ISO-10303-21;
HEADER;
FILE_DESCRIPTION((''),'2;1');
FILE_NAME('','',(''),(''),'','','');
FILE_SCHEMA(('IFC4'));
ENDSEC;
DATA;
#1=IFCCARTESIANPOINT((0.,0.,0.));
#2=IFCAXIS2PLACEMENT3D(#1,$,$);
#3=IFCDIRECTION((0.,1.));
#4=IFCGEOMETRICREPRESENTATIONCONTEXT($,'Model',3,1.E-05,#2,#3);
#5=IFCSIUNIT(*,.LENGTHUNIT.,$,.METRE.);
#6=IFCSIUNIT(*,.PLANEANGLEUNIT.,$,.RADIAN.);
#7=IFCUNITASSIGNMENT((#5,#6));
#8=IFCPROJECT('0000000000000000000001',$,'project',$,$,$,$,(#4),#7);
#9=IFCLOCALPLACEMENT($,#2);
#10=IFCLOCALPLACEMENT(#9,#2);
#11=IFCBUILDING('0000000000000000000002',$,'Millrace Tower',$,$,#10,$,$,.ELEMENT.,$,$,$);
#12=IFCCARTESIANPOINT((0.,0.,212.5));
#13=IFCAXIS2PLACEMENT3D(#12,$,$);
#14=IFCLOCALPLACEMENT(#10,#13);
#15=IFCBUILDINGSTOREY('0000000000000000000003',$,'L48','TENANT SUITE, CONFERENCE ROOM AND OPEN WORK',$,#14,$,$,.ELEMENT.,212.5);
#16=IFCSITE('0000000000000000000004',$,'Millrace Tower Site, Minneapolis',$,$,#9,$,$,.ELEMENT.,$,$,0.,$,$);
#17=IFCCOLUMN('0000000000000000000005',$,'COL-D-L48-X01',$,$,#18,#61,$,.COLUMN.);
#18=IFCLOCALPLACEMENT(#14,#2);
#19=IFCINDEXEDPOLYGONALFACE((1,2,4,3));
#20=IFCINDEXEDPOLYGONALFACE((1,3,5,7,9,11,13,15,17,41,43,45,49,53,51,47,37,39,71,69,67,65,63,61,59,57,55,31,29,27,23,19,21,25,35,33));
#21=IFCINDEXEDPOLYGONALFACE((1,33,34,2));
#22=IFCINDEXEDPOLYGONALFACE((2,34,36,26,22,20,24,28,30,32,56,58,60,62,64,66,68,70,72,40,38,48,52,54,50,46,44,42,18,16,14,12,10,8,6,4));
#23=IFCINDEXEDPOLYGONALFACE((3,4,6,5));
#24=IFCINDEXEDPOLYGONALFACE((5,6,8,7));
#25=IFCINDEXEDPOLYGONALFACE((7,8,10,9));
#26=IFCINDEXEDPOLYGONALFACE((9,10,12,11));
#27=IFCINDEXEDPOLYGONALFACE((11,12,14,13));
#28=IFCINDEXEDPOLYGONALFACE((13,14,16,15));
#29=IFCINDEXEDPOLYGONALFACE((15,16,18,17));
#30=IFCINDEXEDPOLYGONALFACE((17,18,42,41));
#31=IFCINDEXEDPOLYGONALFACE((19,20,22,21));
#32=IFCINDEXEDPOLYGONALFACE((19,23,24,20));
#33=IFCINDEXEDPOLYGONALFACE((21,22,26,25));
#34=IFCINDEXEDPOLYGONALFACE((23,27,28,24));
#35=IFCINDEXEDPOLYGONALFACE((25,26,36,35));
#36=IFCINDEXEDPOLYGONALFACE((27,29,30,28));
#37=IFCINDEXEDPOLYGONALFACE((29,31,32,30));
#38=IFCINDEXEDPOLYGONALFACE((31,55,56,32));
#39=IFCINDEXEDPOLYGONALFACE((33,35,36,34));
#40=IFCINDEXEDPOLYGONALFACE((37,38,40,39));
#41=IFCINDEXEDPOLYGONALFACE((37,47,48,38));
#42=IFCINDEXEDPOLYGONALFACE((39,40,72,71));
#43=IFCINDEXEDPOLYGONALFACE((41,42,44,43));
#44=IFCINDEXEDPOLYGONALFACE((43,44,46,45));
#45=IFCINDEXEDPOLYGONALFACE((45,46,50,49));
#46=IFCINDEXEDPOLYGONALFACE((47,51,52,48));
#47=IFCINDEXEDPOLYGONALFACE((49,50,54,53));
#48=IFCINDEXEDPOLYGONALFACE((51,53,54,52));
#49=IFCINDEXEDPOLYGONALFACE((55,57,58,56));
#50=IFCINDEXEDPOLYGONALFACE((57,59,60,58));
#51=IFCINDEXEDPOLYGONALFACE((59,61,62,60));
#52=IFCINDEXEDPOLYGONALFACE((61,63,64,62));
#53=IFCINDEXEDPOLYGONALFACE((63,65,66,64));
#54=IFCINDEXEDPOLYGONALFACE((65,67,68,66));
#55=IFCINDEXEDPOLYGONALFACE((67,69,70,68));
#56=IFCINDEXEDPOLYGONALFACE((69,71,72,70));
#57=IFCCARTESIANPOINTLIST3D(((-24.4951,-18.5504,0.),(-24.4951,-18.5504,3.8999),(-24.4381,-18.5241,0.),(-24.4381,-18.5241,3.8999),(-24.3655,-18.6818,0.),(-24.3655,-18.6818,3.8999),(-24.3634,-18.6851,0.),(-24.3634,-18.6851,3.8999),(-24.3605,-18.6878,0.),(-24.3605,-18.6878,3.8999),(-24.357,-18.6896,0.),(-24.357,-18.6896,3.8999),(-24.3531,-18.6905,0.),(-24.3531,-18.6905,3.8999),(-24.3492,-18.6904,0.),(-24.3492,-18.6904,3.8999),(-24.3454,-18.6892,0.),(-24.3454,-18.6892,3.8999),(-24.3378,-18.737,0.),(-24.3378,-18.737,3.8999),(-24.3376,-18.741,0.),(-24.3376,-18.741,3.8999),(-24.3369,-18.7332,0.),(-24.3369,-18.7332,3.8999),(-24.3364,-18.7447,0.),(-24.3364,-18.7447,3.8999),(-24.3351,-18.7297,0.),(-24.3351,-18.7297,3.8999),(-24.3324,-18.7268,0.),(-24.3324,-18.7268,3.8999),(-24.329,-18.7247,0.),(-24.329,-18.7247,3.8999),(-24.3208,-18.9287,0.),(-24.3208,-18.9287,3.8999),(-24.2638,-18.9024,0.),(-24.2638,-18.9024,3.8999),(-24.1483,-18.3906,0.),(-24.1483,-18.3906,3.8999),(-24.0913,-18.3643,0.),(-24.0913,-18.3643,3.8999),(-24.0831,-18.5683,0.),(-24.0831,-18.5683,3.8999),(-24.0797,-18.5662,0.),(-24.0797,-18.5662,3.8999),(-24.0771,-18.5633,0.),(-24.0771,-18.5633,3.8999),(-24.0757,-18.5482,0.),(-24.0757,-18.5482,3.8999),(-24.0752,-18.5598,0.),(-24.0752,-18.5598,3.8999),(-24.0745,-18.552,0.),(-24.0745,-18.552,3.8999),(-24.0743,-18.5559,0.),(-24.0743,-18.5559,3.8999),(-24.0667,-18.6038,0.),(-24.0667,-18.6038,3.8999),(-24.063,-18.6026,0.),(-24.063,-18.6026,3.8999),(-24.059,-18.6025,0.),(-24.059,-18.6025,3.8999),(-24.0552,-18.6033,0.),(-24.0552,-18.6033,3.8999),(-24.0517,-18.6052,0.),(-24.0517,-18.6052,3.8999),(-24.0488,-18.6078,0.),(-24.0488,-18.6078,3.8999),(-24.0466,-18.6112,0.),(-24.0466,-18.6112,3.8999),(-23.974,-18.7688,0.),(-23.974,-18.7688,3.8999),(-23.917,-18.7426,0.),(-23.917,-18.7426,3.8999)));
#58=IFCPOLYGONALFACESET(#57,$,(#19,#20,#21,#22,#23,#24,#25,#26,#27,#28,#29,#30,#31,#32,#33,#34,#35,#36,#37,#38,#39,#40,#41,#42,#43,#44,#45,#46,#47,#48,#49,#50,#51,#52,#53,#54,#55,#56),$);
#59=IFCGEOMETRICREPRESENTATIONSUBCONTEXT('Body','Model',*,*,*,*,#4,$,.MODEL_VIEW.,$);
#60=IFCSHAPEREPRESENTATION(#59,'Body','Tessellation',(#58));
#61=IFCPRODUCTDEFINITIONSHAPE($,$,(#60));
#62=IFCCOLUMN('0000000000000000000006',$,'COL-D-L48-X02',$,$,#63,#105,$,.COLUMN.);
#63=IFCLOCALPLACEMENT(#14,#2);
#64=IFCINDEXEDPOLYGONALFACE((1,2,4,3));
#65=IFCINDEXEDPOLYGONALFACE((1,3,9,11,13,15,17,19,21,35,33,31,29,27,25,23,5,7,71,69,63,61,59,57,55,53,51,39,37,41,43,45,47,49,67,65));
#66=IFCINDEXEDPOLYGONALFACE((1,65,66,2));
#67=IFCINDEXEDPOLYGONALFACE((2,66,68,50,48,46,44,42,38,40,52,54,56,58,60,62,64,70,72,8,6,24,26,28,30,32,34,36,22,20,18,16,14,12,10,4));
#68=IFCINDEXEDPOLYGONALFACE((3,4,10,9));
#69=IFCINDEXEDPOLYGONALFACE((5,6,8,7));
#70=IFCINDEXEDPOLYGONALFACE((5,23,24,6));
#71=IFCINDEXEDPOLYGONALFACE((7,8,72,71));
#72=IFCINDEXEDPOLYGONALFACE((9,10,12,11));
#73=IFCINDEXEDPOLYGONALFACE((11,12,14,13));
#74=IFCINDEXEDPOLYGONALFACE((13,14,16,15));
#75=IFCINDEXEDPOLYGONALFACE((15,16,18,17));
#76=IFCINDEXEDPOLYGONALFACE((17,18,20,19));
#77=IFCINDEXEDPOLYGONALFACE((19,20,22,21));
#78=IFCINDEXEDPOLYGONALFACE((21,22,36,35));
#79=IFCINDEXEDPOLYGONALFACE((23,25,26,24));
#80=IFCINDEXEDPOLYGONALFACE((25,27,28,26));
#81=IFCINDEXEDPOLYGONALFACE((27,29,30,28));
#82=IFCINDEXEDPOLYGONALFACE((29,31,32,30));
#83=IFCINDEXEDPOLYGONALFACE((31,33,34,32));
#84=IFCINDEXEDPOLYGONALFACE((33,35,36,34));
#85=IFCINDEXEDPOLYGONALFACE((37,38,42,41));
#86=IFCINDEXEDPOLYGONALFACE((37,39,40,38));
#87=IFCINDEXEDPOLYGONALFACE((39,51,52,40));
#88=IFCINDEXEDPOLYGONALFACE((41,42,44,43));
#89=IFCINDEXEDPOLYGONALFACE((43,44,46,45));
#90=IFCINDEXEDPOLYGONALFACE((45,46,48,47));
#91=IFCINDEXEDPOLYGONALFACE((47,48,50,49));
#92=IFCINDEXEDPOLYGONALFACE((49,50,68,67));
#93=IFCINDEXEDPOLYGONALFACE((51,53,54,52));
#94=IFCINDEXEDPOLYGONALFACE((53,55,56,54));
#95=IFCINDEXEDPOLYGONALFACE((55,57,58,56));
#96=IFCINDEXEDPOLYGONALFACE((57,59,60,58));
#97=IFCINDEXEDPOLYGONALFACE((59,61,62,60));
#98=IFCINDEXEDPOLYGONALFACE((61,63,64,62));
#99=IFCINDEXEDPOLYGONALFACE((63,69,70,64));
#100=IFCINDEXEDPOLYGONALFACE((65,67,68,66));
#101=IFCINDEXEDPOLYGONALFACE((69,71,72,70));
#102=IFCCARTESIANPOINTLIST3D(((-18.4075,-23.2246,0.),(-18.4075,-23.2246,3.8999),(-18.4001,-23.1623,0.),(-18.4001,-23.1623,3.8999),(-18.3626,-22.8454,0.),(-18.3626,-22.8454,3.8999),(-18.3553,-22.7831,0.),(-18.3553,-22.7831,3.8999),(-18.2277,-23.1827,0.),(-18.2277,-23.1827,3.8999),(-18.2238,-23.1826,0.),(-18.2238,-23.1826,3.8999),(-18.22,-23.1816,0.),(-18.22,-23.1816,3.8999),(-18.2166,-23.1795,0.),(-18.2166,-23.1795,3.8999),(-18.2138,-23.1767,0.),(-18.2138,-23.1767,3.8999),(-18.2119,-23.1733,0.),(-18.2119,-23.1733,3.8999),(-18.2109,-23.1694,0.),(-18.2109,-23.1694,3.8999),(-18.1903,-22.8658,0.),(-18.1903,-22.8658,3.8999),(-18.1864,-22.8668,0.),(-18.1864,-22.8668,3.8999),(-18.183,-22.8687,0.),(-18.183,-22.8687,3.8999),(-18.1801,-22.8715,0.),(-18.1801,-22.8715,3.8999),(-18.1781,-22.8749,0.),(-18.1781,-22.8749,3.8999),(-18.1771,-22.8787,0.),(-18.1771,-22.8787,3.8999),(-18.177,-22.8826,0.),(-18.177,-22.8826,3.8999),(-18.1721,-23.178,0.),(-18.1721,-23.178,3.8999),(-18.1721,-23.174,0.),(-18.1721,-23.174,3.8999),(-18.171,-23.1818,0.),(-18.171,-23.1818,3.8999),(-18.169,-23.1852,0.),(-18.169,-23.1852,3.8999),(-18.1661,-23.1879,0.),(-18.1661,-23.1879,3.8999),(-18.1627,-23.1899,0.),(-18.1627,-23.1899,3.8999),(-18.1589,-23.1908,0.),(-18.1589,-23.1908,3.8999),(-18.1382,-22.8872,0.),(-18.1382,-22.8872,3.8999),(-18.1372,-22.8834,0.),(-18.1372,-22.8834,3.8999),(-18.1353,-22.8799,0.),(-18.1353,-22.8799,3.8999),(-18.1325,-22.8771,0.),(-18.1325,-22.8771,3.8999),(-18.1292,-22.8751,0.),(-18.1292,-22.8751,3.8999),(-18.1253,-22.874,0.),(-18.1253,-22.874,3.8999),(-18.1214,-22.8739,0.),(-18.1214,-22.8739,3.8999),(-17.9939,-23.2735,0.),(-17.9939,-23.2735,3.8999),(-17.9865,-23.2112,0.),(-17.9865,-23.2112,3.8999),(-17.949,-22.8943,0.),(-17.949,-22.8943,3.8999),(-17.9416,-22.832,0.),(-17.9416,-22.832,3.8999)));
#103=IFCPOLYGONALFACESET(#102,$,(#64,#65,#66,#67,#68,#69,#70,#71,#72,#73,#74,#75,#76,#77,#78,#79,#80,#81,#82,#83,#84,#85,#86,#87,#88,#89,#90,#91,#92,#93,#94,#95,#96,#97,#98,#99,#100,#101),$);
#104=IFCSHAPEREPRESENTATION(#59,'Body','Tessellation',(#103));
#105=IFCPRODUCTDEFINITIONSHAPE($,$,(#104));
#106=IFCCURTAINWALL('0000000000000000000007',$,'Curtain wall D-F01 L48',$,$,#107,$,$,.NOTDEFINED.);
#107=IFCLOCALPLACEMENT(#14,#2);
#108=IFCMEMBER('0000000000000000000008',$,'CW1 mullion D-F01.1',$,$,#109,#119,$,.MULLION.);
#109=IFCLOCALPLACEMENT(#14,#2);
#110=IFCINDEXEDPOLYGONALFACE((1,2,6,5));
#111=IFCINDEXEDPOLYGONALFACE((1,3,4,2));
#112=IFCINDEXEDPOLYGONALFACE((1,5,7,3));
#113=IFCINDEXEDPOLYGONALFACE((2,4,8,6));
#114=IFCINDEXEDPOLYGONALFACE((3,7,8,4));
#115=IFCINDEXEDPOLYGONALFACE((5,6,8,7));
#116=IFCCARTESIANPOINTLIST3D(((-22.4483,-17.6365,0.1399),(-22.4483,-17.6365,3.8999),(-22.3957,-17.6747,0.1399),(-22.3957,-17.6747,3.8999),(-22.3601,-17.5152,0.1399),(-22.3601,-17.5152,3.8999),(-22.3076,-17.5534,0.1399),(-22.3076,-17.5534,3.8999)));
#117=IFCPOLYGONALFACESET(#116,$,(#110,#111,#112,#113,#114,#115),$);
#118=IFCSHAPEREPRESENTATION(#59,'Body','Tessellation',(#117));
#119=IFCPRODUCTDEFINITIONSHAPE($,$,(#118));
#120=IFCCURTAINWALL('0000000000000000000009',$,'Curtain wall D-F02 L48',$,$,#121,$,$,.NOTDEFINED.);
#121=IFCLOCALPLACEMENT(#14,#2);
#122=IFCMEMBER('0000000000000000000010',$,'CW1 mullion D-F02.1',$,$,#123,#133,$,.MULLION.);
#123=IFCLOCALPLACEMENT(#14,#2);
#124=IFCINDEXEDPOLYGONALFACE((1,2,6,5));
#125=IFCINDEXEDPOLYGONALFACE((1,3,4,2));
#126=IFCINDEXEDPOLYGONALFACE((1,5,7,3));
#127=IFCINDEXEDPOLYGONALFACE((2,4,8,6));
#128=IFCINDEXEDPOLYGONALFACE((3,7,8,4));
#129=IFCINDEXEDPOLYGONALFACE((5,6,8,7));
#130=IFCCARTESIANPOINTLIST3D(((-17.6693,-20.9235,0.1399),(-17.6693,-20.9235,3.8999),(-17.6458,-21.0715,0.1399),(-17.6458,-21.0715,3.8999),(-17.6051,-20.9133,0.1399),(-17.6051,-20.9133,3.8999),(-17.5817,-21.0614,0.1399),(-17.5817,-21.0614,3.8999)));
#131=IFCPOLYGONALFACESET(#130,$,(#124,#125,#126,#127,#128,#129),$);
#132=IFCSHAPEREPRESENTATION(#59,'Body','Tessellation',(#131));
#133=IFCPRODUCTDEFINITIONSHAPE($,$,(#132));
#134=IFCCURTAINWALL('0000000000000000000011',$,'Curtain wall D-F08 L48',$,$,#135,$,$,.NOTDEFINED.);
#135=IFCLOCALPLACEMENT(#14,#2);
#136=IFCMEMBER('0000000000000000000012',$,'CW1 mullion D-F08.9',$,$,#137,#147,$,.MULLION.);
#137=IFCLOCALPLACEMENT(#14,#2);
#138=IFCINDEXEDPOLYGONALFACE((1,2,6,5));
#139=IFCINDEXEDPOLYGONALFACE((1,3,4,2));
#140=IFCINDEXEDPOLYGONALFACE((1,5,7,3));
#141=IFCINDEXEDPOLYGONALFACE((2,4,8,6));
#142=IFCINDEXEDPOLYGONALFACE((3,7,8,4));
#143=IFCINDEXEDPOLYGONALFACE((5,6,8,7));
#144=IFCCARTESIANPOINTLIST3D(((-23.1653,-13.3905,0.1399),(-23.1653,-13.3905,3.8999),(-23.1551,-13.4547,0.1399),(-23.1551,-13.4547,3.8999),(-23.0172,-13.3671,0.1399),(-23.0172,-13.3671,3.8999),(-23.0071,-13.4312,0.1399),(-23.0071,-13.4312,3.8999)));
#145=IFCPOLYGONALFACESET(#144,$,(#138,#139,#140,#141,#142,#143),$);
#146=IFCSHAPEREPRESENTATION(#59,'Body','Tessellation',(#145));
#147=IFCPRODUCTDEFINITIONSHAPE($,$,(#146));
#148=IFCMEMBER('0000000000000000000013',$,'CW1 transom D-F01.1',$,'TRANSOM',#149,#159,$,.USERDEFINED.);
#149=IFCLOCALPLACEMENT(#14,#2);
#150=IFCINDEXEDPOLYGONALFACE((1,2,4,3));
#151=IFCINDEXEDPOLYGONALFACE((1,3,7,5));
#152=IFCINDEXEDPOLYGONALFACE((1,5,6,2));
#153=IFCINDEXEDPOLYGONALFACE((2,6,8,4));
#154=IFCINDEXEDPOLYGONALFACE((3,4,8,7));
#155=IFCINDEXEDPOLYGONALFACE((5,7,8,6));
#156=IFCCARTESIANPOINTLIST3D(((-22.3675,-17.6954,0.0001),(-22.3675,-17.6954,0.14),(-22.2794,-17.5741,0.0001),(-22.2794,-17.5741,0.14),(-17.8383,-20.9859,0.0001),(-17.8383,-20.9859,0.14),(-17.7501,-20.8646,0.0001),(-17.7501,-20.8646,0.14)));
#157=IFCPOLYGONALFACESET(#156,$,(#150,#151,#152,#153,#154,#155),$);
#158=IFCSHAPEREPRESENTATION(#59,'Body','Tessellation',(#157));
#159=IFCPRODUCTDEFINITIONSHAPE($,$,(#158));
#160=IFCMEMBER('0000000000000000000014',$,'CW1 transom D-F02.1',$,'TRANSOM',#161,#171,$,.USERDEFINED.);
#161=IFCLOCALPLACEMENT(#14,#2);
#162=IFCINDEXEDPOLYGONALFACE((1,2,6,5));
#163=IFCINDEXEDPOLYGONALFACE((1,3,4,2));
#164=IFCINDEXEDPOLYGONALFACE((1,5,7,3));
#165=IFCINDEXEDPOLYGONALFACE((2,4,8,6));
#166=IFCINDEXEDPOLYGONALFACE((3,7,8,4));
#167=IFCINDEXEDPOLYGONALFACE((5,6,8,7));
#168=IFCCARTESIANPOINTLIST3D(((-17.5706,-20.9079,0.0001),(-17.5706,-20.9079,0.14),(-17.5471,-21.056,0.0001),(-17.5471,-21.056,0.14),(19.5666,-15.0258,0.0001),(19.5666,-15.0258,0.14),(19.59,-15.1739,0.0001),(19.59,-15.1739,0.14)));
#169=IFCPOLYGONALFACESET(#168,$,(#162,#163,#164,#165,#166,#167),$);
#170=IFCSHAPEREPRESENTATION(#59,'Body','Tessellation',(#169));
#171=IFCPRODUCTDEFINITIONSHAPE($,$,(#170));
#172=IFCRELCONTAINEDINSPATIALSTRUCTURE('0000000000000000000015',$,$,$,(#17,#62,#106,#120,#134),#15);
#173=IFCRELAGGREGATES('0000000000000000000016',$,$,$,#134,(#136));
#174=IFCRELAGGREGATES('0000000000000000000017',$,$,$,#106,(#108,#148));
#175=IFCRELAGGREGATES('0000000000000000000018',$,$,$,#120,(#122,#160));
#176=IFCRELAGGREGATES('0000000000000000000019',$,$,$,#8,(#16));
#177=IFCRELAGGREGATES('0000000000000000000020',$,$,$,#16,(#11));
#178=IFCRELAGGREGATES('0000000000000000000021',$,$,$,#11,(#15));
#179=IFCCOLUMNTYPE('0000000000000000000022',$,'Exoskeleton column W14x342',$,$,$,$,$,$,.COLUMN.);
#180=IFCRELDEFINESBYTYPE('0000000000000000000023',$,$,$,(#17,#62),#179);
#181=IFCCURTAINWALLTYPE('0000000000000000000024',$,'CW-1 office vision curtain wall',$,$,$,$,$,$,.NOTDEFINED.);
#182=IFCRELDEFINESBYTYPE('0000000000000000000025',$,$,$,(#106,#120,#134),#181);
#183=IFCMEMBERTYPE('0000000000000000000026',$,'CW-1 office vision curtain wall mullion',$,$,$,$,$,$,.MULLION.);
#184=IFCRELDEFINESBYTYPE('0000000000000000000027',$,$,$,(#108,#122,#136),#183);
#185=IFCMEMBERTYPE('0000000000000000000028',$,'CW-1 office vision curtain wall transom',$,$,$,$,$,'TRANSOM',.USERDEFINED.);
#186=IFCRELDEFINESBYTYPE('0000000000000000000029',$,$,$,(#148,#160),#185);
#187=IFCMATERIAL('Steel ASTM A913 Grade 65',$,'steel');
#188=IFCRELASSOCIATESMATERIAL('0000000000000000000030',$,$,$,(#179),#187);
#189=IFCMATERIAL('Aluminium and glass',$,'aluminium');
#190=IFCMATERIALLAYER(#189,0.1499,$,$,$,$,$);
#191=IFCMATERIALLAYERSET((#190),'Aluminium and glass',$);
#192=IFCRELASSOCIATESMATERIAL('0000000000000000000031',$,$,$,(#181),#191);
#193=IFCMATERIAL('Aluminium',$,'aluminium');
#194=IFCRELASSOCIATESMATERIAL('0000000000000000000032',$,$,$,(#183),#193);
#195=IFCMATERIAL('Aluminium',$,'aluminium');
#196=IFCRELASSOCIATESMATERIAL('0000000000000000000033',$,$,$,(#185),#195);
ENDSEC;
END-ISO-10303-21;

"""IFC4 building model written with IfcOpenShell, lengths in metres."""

from ifc_helpers import new_model, si_unit, direction, frame, origin, origin_2d, place, context, subcontext, project, spatial, rectangle, i_section, extrude, material, layer, layer_set, material_profile, profile_set, type_object, element, aggregate, save


model = new_model("IFC4")

# Units and contexts
model_context = context("Model", 3, precision=1e-05, world=origin(), true_north=direction((0.0, 1.0)))
body_context = subcontext(model_context, "Body", "Model", "MODEL_VIEW")
ifc_project = project(units=[si_unit("LENGTHUNIT", "METRE"), si_unit("PLANEANGLEUNIT", "RADIAN")], contexts=[model_context])

# Site, building, storey
site_placement = place(None, origin())
site = spatial("IfcSite", under=ifc_project, at=site_placement, Name="Millrace Tower Site, Minneapolis", CompositionType="ELEMENT", RefElevation=0.0)
building_placement = place(site_placement, origin())
building = spatial("IfcBuilding", under=site, at=building_placement, Name="Millrace Tower", CompositionType="ELEMENT")
storey_placement = place(building_placement, frame((0.0, 0.0, 212.5)))
storey = spatial("IfcBuildingStorey", under=building, at=storey_placement, Name="L48", Description="TENANT SUITE, CONFERENCE ROOM AND OPEN WORK", CompositionType="ELEMENT", Elevation=212.5)

# Columns
ifc_material_1 = material(Name="Steel ASTM A913 Grade 65", Category="steel")
ifc_material_profile_1 = material_profile(ifc_material_1, i_section(OverallWidth=0.4165, OverallDepth=0.4446, WebThickness=0.0391, FlangeThickness=0.0627, FilletRadius=0.0151, at=origin_2d()))
ifc_profile_set_1 = profile_set([ifc_material_profile_1], Name="Steel ASTM A913 Grade 65")
column_type = type_object("IfcColumnType", Name="Exoskeleton column W14x342", PredefinedType="COLUMN", material=ifc_profile_set_1)
for number, where, z_axis, x_axis, name in (
    (1, (-24.2061, -18.6465, 0.0), (0.0, 0.0, 1.0), (0.418553, -0.908192, 0.0), "COL-D-L48-X01"),
    (2, (-18.1746, -23.0283, 0.0), (0.0, 0.0, 1.0), (0.993082, -0.117421, 0.0), "COL-D-L48-X02"),
):
    element("IfcColumn", number, at=place(storey_placement, frame(where, z_axis=z_axis, x_axis=x_axis)), inside=storey, type_object=column_type, Name=name, PredefinedType="COLUMN", context=body_context, shape_type="SweptSolid", body=[
        extrude(i_section(OverallWidth=0.4165, OverallDepth=0.4446, WebThickness=0.0391, FlangeThickness=0.0627, FilletRadius=0.0151, at=origin_2d()), origin(), (0.0, 0.0, 1.0), 3.8999),
    ])

# Curtain walls, members
ifc_material_2 = material(Name="Aluminium and glass", Category="aluminium")
ifc_layer_1 = layer(ifc_material_2, 0.1499)
ifc_layer_set_1 = layer_set([ifc_layer_1], Name="Aluminium and glass")
curtain_wall_type = type_object("IfcCurtainWallType", Name="CW-1 office vision curtain wall", PredefinedType="NOTDEFINED", material=ifc_layer_set_1)
placement = place(storey_placement, origin())
curtain_wall_1 = element("IfcCurtainWall", 3, at=placement, inside=storey, type_object=curtain_wall_type, Name="Curtain wall D-F01 L48", PredefinedType="NOTDEFINED")
ifc_material_3 = material(Name="Aluminium", Category="aluminium")
ifc_material_profile_2 = material_profile(ifc_material_3, rectangle(XDim=0.0649, YDim=0.1499, at=origin_2d()))
ifc_profile_set_2 = profile_set([ifc_material_profile_2], Name="Aluminium")
member_type_1 = type_object("IfcMemberType", Name="CW-1 office vision curtain wall mullion", PredefinedType="MULLION", material=ifc_profile_set_2)
member_1_placement = place(storey_placement, frame((-22.3779, -17.595, 0.1399), z_axis=(0.0, 0.0, 1.0), x_axis=(0.809017, -0.587785, 0.0)))
member_1 = element("IfcMember", 4, at=member_1_placement, type_object=member_type_1, Name="CW1 mullion D-F01.1", PredefinedType="MULLION", context=body_context, shape_type="SweptSolid", body=[
    extrude(rectangle(XDim=0.0649, YDim=0.1499, at=origin_2d()), origin(), (0.0, 0.0, 1.0), 3.76),
])
curtain_wall_2 = element("IfcCurtainWall", 5, at=placement, inside=storey, type_object=curtain_wall_type, Name="Curtain wall D-F02 L48", PredefinedType="NOTDEFINED")
member_2_placement = place(storey_placement, frame((-17.6255, -20.9924, 0.1399), z_axis=(0.0, 0.0, 1.0), x_axis=(0.987688, 0.156434, 0.0)))
member_2 = element("IfcMember", 6, at=member_2_placement, type_object=member_type_1, Name="CW1 mullion D-F02.1", PredefinedType="MULLION", context=body_context, shape_type="SweptSolid", body=[
    extrude(rectangle(XDim=0.0649, YDim=0.1499, at=origin_2d()), origin(), (0.0, 0.0, 1.0), 3.76),
])
curtain_wall_3 = element("IfcCurtainWall", 7, at=placement, inside=storey, type_object=curtain_wall_type, Name="Curtain wall D-F08 L48", PredefinedType="NOTDEFINED")
member_3_placement = place(storey_placement, frame((-23.0862, -13.4109, 0.1399), z_axis=(0.0, 0.0, 1.0), x_axis=(0.156434, -0.987688, 0.0)))
member_3 = element("IfcMember", 8, at=member_3_placement, type_object=member_type_1, Name="CW1 mullion D-F08.9", PredefinedType="MULLION", context=body_context, shape_type="SweptSolid", body=[
    extrude(rectangle(XDim=0.0649, YDim=0.1499, at=origin_2d()), origin(), (0.0, 0.0, 1.0), 3.76),
])
aggregate(curtain_wall_3, [member_3])

# Members
ifc_material_4 = material(Name="Aluminium", Category="aluminium")
ifc_material_profile_3 = material_profile(ifc_material_4, rectangle(XDim=0.1499, YDim=0.1399, at=origin_2d()))
ifc_profile_set_3 = profile_set([ifc_material_profile_3], Name="Aluminium")
member_type_2 = type_object("IfcMemberType", Name="CW-1 office vision curtain wall transom", ElementType="TRANSOM", PredefinedType="USERDEFINED", material=ifc_profile_set_3)
member_4_placement = place(storey_placement, frame((-22.3235, -17.6348, 0.0701), z_axis=(0.809034, -0.587762, 0.0), x_axis=(0.587762, 0.809034, 0.0)))
member_4 = element("IfcMember", 9, at=member_4_placement, type_object=member_type_2, Name="CW1 transom D-F01.1", ObjectType="TRANSOM", PredefinedType="USERDEFINED", context=body_context, shape_type="SweptSolid", body=[
    extrude(rectangle(XDim=0.1499, YDim=0.1399, at=origin_2d()), origin(), (0.0, 0.0, 1.0), 5.5984),
])
aggregate(curtain_wall_1, [member_1, member_4])
member_5_placement = place(storey_placement, frame((-17.5588, -20.9819, 0.0701), z_axis=(0.987688, 0.156438, 0.0), x_axis=(-0.156438, 0.987688, 0.0)))
member_5 = element("IfcMember", 10, at=member_5_placement, type_object=member_type_2, Name="CW1 transom D-F02.1", ObjectType="TRANSOM", PredefinedType="USERDEFINED", context=body_context, shape_type="SweptSolid", body=[
    extrude(rectangle(XDim=0.1499, YDim=0.1399, at=origin_2d()), origin(), (0.0, 0.0, 1.0), 37.6001),
])
aggregate(curtain_wall_2, [member_2, member_5])

save(model, "model.ifc")
